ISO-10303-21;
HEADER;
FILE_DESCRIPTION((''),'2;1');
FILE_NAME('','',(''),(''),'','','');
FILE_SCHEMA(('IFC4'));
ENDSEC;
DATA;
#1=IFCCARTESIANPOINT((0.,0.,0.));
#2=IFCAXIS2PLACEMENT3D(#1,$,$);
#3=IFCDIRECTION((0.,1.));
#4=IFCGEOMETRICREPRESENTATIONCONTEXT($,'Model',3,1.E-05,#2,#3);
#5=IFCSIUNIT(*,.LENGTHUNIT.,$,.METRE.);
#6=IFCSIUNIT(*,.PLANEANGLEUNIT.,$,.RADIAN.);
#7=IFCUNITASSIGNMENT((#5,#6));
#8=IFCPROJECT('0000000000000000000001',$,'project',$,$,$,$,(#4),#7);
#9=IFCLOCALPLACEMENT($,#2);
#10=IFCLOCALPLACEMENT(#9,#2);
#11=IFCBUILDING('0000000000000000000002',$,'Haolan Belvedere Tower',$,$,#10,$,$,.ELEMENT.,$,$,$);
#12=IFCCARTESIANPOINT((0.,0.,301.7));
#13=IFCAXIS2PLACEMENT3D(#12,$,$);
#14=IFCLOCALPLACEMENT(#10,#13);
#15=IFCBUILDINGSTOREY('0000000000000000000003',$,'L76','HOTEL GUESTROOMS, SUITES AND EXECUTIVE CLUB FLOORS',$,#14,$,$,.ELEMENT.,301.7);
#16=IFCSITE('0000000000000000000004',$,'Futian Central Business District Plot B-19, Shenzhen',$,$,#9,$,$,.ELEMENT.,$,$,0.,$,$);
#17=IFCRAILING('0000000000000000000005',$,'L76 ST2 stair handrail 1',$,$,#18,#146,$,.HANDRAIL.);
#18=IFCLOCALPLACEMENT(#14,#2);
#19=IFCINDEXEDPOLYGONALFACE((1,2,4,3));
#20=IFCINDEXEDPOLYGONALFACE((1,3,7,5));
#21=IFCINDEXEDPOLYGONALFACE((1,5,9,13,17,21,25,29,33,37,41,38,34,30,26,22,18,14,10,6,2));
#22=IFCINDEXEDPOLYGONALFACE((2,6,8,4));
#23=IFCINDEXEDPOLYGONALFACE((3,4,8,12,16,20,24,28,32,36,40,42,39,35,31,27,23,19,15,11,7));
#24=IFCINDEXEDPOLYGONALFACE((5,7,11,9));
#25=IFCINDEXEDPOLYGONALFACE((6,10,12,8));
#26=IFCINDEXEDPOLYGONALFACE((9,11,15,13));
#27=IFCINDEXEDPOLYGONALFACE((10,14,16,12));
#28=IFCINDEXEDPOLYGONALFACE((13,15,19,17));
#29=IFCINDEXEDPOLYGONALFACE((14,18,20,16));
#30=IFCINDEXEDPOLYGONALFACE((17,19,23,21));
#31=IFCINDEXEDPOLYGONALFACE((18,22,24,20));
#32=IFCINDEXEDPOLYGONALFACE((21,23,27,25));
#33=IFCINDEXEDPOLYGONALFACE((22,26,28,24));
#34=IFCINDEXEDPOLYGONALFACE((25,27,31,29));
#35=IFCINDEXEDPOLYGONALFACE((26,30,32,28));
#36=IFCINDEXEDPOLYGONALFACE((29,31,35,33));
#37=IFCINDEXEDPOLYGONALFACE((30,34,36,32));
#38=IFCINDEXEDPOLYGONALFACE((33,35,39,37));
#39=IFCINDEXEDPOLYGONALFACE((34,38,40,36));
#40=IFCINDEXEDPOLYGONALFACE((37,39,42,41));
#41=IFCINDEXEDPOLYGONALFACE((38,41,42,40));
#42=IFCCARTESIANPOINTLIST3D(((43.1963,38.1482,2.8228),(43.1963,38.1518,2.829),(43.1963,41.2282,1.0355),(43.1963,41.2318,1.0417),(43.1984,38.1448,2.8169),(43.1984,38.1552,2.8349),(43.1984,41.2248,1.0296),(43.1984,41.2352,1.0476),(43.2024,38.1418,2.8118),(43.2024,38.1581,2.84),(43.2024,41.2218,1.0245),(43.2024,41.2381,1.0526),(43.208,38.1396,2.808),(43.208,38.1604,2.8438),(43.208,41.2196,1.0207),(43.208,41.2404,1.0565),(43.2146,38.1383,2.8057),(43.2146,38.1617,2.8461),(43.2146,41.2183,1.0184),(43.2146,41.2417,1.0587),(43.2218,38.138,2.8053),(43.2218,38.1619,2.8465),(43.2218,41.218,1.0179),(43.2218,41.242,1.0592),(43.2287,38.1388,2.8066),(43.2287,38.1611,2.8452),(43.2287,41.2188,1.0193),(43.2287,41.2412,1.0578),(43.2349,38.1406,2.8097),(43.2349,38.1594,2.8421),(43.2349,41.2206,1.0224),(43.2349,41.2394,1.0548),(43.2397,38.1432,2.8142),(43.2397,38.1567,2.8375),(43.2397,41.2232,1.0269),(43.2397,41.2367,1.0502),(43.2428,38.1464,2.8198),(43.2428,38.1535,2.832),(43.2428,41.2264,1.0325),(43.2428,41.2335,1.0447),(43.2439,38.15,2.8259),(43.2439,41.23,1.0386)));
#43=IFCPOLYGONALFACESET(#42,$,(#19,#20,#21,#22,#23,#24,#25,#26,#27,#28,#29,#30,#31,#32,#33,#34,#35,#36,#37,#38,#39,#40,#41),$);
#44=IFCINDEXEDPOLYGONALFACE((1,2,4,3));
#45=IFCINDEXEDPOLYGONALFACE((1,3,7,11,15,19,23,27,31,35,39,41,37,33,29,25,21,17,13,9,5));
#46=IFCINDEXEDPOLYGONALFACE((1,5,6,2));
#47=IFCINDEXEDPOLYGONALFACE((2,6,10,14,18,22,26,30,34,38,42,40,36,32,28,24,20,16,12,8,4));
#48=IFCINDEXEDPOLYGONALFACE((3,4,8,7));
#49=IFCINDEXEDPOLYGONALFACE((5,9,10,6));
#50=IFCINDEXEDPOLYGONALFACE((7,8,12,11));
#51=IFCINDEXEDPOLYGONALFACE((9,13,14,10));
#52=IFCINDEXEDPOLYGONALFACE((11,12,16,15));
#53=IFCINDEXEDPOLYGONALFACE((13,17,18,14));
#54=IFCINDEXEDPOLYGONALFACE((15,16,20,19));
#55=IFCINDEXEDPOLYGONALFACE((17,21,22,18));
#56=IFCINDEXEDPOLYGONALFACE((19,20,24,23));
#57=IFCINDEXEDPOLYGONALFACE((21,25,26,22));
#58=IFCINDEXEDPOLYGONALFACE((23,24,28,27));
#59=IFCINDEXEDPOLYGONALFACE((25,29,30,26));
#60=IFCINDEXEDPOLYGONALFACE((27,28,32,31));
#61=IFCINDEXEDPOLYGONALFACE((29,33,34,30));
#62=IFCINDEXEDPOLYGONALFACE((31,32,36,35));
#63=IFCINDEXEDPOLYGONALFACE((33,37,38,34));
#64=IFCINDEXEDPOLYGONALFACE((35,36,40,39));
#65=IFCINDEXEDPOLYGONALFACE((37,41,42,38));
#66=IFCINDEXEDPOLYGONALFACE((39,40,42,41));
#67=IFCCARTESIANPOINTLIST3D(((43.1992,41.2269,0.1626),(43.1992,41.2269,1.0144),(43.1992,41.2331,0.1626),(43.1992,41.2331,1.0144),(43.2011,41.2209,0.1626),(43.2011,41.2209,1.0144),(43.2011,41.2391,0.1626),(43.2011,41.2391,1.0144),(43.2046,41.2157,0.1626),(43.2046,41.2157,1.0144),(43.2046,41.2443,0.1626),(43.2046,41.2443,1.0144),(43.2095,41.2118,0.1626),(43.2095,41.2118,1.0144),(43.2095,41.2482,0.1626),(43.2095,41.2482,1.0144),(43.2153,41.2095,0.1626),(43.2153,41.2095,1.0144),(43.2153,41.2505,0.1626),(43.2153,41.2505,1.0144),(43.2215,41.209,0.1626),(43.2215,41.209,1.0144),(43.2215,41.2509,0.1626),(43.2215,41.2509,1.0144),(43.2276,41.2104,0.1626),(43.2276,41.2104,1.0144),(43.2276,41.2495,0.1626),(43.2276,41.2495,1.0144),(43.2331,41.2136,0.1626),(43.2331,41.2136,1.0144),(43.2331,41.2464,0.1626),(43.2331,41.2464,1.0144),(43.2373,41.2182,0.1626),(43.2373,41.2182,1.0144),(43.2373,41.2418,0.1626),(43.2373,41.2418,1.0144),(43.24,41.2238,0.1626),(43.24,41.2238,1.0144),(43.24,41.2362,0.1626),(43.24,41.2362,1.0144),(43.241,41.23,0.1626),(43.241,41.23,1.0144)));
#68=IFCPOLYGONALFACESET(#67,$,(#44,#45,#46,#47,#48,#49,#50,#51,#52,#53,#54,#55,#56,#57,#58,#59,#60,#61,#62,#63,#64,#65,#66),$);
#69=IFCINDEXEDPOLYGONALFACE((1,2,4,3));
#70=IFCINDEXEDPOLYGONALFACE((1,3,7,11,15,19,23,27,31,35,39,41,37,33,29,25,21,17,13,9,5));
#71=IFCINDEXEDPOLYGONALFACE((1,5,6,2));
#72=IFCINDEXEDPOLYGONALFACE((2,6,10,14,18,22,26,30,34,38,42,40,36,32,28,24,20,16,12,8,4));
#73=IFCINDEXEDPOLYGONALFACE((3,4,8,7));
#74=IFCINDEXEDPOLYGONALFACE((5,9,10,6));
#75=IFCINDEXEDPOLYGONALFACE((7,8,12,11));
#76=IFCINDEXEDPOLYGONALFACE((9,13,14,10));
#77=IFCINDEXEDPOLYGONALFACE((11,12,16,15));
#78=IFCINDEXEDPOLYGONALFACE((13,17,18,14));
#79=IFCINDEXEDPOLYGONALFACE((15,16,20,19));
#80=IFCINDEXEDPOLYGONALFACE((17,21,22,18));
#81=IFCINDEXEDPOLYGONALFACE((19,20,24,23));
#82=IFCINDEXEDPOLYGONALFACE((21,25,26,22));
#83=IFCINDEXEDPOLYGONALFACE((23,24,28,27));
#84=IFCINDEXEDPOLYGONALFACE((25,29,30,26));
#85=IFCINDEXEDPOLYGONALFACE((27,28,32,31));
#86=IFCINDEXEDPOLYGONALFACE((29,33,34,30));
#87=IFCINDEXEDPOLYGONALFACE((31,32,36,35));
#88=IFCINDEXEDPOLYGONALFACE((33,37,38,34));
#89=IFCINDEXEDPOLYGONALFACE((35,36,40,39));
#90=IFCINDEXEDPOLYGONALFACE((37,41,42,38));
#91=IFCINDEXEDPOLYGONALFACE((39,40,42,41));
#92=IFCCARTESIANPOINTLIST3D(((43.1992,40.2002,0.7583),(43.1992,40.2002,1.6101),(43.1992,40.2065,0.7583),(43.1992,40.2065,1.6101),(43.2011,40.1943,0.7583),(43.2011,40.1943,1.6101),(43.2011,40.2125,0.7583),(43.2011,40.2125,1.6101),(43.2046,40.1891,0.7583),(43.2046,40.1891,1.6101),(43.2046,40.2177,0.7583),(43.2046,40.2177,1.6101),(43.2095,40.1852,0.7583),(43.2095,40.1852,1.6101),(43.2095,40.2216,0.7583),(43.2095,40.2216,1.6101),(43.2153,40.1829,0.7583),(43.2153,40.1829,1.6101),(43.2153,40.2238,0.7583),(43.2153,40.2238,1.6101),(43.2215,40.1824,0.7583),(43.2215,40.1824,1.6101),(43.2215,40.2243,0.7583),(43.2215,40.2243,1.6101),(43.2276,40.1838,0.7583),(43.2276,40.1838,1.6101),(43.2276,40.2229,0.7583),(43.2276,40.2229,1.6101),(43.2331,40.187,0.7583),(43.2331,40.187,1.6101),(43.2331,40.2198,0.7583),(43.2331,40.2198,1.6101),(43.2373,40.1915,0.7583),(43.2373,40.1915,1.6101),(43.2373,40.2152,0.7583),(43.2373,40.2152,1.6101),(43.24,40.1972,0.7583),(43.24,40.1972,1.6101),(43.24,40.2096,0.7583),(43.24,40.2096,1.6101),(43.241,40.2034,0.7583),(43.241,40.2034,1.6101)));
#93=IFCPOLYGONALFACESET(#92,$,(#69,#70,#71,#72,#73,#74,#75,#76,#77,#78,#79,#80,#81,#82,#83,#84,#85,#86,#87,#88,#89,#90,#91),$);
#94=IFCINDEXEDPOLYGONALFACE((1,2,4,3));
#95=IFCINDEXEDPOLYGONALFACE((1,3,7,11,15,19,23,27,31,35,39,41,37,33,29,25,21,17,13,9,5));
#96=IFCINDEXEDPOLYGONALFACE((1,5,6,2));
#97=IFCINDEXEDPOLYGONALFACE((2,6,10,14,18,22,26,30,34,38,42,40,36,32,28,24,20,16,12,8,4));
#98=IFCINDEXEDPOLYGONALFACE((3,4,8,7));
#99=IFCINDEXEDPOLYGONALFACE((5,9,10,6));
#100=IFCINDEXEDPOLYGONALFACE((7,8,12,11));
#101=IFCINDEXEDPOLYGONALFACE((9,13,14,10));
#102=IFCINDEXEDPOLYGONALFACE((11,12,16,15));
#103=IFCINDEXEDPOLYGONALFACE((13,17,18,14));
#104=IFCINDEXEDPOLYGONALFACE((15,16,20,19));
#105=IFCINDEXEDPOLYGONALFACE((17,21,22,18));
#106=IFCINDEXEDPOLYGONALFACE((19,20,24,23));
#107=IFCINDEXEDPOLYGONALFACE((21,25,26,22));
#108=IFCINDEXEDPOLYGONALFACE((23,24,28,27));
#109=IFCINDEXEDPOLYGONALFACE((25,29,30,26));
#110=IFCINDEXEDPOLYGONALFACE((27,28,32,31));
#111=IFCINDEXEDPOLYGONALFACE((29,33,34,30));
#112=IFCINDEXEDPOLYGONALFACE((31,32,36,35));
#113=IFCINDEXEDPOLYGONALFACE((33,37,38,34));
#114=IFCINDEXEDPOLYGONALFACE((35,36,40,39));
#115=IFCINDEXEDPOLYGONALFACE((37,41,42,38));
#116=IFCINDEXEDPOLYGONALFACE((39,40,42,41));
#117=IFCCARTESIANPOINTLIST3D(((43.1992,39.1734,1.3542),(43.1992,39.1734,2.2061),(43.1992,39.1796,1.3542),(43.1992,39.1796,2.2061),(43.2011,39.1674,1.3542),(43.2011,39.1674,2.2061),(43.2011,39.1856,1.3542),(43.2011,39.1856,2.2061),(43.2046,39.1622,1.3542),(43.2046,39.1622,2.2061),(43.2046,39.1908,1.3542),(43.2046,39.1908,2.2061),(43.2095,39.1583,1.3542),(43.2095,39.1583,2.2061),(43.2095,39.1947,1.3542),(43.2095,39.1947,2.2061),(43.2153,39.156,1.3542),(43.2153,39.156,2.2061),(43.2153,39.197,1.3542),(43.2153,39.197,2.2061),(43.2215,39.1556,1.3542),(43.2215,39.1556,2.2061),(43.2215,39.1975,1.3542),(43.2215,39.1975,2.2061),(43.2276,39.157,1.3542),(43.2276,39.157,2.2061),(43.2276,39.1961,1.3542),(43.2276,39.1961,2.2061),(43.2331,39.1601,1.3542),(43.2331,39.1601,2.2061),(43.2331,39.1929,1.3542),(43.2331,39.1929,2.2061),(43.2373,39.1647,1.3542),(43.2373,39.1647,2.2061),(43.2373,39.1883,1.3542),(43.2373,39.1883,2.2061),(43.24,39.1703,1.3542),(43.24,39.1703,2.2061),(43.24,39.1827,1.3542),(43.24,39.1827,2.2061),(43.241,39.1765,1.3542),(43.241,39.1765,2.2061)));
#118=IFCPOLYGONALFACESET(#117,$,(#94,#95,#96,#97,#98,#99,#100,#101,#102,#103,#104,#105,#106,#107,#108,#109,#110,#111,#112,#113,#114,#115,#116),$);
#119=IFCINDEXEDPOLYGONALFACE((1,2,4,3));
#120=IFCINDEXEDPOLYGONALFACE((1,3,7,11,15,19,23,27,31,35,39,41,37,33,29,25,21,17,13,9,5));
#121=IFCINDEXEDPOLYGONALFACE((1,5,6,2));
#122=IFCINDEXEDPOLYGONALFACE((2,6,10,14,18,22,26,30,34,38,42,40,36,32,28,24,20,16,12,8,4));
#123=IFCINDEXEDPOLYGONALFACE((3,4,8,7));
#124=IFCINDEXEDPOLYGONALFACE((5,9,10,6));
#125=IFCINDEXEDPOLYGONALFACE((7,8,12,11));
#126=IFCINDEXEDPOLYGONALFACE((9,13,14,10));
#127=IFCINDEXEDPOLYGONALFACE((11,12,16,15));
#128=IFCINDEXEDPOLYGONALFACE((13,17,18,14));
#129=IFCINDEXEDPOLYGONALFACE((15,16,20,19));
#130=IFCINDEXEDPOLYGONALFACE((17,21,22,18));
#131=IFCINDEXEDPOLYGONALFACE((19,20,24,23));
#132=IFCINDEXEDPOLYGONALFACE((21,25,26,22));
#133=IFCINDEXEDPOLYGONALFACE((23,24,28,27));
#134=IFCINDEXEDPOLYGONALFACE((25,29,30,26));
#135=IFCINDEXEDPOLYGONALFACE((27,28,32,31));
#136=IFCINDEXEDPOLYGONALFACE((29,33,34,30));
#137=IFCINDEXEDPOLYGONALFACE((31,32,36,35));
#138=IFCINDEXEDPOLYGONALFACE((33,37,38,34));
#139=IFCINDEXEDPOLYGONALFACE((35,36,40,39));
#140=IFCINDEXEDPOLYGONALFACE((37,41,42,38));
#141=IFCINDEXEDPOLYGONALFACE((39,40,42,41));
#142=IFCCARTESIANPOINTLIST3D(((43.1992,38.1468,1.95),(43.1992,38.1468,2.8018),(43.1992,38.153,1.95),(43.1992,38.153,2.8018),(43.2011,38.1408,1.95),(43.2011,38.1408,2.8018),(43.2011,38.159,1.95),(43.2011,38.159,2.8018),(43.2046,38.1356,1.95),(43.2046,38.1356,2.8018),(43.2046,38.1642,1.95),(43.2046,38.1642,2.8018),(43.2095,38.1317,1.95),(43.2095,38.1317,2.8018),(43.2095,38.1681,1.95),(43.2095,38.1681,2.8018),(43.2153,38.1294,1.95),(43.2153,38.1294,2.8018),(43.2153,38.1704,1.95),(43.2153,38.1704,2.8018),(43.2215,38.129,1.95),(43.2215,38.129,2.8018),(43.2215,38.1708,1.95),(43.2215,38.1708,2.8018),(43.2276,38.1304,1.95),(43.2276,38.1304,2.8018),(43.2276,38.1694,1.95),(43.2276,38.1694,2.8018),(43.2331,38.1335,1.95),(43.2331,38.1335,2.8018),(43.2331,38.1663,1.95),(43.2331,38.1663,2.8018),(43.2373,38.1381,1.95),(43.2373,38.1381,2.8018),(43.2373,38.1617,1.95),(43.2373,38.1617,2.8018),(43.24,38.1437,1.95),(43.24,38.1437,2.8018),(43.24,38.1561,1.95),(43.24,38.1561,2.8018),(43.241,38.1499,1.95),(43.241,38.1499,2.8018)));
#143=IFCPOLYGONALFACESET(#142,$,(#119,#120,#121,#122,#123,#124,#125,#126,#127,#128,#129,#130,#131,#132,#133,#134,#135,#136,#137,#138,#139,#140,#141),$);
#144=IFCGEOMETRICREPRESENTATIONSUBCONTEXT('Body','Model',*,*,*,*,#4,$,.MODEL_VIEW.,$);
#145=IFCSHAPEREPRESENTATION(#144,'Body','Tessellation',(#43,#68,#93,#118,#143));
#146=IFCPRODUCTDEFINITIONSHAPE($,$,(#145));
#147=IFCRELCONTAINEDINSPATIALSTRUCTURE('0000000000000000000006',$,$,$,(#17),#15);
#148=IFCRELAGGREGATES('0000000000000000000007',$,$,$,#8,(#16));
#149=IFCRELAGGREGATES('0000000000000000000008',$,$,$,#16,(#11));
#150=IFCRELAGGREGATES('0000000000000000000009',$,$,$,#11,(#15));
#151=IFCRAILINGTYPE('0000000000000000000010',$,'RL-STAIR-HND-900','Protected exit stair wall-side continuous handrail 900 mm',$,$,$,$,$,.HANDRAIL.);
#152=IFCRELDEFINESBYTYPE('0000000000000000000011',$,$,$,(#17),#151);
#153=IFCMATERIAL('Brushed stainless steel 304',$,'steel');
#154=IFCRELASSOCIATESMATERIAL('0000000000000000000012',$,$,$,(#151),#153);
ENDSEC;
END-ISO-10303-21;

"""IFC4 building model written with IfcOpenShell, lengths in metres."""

from ifc_helpers import new_model, si_unit, direction, frame, origin, origin_2d, place, context, subcontext, project, spatial, circle, extrude, material, type_object, element, save


model = new_model("IFC4")

# Units and contexts
model_context = context("Model", 3, precision=1e-05, world=origin(), true_north=direction((0.0, 1.0)))
body_context = subcontext(model_context, "Body", "Model", "MODEL_VIEW")
ifc_project = project(units=[si_unit("LENGTHUNIT", "METRE"), si_unit("PLANEANGLEUNIT", "RADIAN")], contexts=[model_context])

# Site, building, storey
site_placement = place(None, origin())
site = spatial("IfcSite", under=ifc_project, at=site_placement, Name="Futian Central Business District Plot B-19, Shenzhen", CompositionType="ELEMENT", RefElevation=0.0)
building_placement = place(site_placement, origin())
building = spatial("IfcBuilding", under=site, at=building_placement, Name="Haolan Belvedere Tower", CompositionType="ELEMENT")
storey_placement = place(building_placement, frame((0.0, 0.0, 301.7)))
storey = spatial("IfcBuildingStorey", under=building, at=storey_placement, Name="L76", Description="HOTEL GUESTROOMS, SUITES AND EXECUTIVE CLUB FLOORS", CompositionType="ELEMENT", Elevation=301.7)

# Railing
ifc_material_1 = material(Name="Brushed stainless steel 304", Category="steel")
railing_type_1 = type_object("IfcRailingType", Name="RL-STAIR-HND-900", Description="Protected exit stair wall-side continuous handrail 900 mm", PredefinedType="HANDRAIL", material=ifc_material_1)
railing_1_placement = place(storey_placement, frame((43.22, 41.23, 0.1626)))
element("IfcRailing", 1, at=railing_1_placement, inside=storey, type_object=railing_type_1, Name="L76 ST2 stair handrail 1", PredefinedType="HANDRAIL", context=body_context, shape_type="SweptSolid", body=[
    extrude(circle(Radius=0.0239, at=origin_2d()), frame((0.0, 0.0, 0.876), z_axis=(0.0, -0.86492, 0.501909), x_axis=(1.0, 0.0, 0.0)), (0.0, 0.0, 1.0), 3.561),
    extrude(circle(Radius=0.021, at=origin_2d()), origin(), (0.0, 0.0, 1.0), 0.8518),
    extrude(circle(Radius=0.021, at=origin_2d()), frame((0.0, -1.0266, 0.5957)), (0.0, 0.0, 1.0), 0.8518),
    extrude(circle(Radius=0.021, at=origin_2d()), frame((0.0, -2.0535, 1.1917)), (0.0, 0.0, 1.0), 0.8518),
    extrude(circle(Radius=0.021, at=origin_2d()), frame((0.0, -3.0801, 1.7874)), (0.0, 0.0, 1.0), 0.8518),
])

save(model, "model.ifc")
